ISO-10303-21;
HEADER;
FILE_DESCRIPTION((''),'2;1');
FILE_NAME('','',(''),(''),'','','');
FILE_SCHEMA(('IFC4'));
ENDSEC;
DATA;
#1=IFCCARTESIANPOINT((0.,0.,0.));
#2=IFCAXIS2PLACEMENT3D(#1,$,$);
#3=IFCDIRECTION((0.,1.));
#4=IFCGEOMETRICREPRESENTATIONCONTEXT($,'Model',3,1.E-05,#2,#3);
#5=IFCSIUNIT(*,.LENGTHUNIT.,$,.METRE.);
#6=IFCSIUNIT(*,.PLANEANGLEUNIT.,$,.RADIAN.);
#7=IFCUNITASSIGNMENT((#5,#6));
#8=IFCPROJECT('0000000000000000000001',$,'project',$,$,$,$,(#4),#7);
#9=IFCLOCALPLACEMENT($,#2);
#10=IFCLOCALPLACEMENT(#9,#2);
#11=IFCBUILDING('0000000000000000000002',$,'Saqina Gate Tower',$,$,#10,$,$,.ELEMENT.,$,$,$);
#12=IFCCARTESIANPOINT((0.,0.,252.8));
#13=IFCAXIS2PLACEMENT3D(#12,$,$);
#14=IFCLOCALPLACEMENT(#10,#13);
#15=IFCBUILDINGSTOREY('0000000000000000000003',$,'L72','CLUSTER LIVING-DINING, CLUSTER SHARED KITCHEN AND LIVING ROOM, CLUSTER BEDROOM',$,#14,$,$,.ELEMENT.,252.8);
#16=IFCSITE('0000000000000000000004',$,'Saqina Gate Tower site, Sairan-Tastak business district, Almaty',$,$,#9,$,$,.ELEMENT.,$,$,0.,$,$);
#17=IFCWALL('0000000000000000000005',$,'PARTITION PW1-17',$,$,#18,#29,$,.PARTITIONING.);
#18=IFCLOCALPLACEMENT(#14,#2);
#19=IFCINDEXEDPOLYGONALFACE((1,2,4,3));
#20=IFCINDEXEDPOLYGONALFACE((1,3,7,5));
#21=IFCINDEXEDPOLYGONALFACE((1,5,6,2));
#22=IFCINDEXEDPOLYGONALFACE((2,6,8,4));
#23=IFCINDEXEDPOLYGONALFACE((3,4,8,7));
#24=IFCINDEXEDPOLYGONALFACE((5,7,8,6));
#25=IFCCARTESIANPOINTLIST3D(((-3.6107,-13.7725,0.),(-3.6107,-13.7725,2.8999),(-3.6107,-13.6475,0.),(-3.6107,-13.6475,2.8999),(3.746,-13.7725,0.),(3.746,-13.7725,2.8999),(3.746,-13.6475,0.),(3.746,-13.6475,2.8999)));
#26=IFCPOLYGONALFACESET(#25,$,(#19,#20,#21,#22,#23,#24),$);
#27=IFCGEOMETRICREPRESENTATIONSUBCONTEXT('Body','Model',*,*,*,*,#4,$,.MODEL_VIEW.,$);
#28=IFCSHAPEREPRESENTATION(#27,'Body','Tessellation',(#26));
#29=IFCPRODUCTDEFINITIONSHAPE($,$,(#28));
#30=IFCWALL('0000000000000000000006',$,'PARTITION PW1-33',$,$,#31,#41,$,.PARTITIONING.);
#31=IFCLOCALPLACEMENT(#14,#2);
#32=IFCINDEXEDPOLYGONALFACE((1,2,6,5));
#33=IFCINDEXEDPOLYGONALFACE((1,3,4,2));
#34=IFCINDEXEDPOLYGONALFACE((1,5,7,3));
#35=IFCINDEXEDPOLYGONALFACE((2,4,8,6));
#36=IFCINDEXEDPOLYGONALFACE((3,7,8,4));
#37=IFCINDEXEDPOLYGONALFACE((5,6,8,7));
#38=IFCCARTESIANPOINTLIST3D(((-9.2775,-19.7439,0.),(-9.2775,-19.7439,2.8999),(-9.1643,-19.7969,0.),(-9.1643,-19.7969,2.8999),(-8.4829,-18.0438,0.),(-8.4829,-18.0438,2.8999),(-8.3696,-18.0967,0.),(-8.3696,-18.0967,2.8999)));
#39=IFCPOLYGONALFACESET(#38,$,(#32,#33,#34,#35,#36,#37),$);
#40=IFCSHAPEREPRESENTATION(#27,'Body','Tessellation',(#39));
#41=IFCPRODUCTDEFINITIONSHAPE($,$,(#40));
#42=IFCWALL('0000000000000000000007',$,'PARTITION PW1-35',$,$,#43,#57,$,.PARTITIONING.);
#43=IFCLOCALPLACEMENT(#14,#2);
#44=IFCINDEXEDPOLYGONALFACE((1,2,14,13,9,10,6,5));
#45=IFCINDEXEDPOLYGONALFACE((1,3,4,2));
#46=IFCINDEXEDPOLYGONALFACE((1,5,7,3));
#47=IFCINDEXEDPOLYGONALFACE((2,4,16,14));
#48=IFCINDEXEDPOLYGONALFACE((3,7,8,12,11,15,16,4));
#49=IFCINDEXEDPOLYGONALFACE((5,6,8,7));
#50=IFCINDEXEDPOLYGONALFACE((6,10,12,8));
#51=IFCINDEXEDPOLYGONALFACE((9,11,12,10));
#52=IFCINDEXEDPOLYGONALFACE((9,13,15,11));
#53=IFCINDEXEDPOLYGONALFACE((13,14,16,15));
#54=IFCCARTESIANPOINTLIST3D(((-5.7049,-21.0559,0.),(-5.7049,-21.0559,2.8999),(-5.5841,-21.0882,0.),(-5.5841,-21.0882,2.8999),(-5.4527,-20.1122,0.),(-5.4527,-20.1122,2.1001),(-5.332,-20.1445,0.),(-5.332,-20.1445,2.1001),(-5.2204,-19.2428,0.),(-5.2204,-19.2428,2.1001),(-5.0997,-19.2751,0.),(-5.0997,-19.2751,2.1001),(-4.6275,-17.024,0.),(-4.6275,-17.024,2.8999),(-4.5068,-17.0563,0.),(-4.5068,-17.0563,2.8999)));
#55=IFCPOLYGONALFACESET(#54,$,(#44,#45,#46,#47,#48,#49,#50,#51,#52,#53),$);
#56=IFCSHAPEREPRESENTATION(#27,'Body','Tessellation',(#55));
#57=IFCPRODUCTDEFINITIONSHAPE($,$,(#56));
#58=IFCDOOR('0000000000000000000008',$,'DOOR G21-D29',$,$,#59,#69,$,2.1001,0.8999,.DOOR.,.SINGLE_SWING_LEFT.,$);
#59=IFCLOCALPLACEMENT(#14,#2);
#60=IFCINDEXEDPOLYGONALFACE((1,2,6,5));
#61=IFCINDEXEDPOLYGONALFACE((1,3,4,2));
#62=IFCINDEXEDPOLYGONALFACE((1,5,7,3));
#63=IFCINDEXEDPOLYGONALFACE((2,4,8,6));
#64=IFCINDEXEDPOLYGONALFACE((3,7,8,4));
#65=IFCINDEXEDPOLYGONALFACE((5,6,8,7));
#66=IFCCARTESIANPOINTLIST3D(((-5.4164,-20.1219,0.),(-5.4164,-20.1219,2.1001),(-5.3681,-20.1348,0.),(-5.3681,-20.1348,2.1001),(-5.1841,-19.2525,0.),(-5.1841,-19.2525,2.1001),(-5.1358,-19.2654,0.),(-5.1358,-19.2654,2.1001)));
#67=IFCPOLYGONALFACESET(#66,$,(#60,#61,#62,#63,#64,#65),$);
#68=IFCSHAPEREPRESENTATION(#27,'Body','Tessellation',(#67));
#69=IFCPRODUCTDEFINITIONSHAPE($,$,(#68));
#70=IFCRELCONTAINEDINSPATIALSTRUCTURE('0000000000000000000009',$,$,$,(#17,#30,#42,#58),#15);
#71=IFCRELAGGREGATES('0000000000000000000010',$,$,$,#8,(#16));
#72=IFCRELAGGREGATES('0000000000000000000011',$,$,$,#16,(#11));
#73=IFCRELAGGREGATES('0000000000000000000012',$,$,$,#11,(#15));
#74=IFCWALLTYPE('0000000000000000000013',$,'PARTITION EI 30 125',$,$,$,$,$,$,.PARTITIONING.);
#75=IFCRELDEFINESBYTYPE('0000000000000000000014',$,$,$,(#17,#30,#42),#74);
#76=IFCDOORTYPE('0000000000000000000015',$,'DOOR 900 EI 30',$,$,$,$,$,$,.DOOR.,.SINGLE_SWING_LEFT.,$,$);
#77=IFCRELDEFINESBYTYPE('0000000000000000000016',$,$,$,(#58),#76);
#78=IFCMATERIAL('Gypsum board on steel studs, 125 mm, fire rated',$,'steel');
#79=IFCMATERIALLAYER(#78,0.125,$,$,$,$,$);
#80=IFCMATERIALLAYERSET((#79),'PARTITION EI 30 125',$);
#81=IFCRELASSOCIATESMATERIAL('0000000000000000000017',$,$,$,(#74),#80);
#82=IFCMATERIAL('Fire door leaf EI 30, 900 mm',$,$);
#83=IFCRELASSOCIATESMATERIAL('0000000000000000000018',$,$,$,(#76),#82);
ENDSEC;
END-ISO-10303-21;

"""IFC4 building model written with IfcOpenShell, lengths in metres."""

from ifc_helpers import new_model, si_unit, direction, frame, frame_2d, origin, place, context, subcontext, project, spatial, rectangle, extrude, material, layer, layer_set, type_object, element, fill, save


model = new_model("IFC4")

# Units and contexts
model_context = context("Model", 3, precision=1e-05, world=origin(), true_north=direction((0.0, 1.0)))
body_context = subcontext(model_context, "Body", "Model", "MODEL_VIEW")
ifc_project = project(units=[si_unit("LENGTHUNIT", "METRE"), si_unit("PLANEANGLEUNIT", "RADIAN")], contexts=[model_context])

# Site, building, storey
site_placement = place(None, origin())
site = spatial("IfcSite", under=ifc_project, at=site_placement, Name="Saqina Gate Tower site, Sairan-Tastak business district, Almaty", CompositionType="ELEMENT", RefElevation=0.0)
building_placement = place(site_placement, origin())
building = spatial("IfcBuilding", under=site, at=building_placement, Name="Saqina Gate Tower", CompositionType="ELEMENT")
storey_placement = place(building_placement, frame((0.0, 0.0, 252.8)))
storey = spatial("IfcBuildingStorey", under=building, at=storey_placement, Name="L72", Description="CLUSTER LIVING-DINING, CLUSTER SHARED KITCHEN AND LIVING ROOM, CLUSTER BEDROOM", CompositionType="ELEMENT", Elevation=252.8)

# Shared definitions
ifc_material_1 = material(Name="Gypsum board on steel studs, 125 mm, fire rated", Category="steel")
ifc_layer_1 = layer(ifc_material_1, 0.125)
ifc_layer_set_1 = layer_set([ifc_layer_1], Name="PARTITION EI 30 125")
wall_type_1 = type_object("IfcWallType", Name="PARTITION EI 30 125", PredefinedType="PARTITIONING", material=ifc_layer_set_1)

# Shared definitions
ifc_material_2 = material(Name="Fire door leaf EI 30, 900 mm")
door_type_1 = type_object("IfcDoorType", Name="DOOR 900 EI 30", OperationType="SINGLE_SWING_LEFT", PredefinedType="DOOR", material=ifc_material_2)

# Walls
wall_1_placement = place(storey_placement, frame((-3.6106, -13.71, 0.0), z_axis=(0.0, 0.0, 1.0), x_axis=(1.0, 0.0, 0.0)))
element("IfcWall", 1, at=wall_1_placement, inside=storey, type_object=wall_type_1, Name="PARTITION PW1-17", PredefinedType="PARTITIONING", context=body_context, shape_type="SweptSolid", body=[
    extrude(rectangle(XDim=7.3567, YDim=0.125, at=frame_2d((3.6782, 0.0))), origin(), (0.0, 0.0, 1.0), 2.8999),
])
wall_2_placement = place(storey_placement, frame((-9.2209, -19.7705, 0.0), z_axis=(0.0, 0.0, 1.0), x_axis=(0.423434, 0.905927, 0.0)))
element("IfcWall", 2, at=wall_2_placement, inside=storey, type_object=wall_type_1, Name="PARTITION PW1-33", PredefinedType="PARTITIONING", context=body_context, shape_type="SweptSolid", body=[
    extrude(rectangle(XDim=1.8767, YDim=0.125, at=frame_2d((0.9385, 0.0))), origin(), (0.0, 0.0, 1.0), 2.8999),
])

# Wall, opening, door
wall_3_placement = place(storey_placement, frame((-5.6445, -21.072, 0.0), z_axis=(0.0, 0.0, 1.0), x_axis=(0.258154, 0.966104, 0.0)))
wall_3 = element("IfcWall", 3, at=wall_3_placement, inside=storey, type_object=wall_type_1, Name="PARTITION PW1-35", PredefinedType="PARTITIONING", context=body_context, shape_type="SweptSolid", body=[
    extrude(rectangle(XDim=4.1733, YDim=0.125, at=frame_2d((2.0867, 0.0))), origin(), (0.0, 0.0, 1.0), 2.8999),
])
opening_1_placement = place(wall_3_placement, frame((0.9768, 0.0, 0.0)))
opening_1 = element("IfcOpeningElement", 4, at=opening_1_placement, cuts=wall_3, PredefinedType="OPENING", context=body_context, shape_type="SweptSolid", body=[
    extrude(rectangle(XDim=0.8999, YDim=2.1001, at=frame_2d((0.45, 1.05))), frame((0.0, 0.0745, 0.0), z_axis=(0.0, -1.0, 0.0), x_axis=(1.0, 0.0, 0.0)), (0.0, 0.0, 1.0), 0.1489),
])
door_1_placement = place(opening_1_placement, origin())
door_1 = element("IfcDoor", 5, at=door_1_placement, inside=storey, type_object=door_type_1, Name="DOOR G21-D29", OperationType="SINGLE_SWING_LEFT", OverallHeight=2.1001, OverallWidth=0.8999, PredefinedType="DOOR", context=body_context, shape_type="SweptSolid", body=[
    extrude(rectangle(XDim=0.8999, YDim=2.1001, at=frame_2d((0.45, 1.05))), frame((0.0, 0.0249, 0.0), z_axis=(0.0, -1.0, 0.0), x_axis=(1.0, 0.0, 0.0)), (0.0, 0.0, 1.0), 0.05),
])
fill(opening_1, door_1)

save(model, "model.ifc")
